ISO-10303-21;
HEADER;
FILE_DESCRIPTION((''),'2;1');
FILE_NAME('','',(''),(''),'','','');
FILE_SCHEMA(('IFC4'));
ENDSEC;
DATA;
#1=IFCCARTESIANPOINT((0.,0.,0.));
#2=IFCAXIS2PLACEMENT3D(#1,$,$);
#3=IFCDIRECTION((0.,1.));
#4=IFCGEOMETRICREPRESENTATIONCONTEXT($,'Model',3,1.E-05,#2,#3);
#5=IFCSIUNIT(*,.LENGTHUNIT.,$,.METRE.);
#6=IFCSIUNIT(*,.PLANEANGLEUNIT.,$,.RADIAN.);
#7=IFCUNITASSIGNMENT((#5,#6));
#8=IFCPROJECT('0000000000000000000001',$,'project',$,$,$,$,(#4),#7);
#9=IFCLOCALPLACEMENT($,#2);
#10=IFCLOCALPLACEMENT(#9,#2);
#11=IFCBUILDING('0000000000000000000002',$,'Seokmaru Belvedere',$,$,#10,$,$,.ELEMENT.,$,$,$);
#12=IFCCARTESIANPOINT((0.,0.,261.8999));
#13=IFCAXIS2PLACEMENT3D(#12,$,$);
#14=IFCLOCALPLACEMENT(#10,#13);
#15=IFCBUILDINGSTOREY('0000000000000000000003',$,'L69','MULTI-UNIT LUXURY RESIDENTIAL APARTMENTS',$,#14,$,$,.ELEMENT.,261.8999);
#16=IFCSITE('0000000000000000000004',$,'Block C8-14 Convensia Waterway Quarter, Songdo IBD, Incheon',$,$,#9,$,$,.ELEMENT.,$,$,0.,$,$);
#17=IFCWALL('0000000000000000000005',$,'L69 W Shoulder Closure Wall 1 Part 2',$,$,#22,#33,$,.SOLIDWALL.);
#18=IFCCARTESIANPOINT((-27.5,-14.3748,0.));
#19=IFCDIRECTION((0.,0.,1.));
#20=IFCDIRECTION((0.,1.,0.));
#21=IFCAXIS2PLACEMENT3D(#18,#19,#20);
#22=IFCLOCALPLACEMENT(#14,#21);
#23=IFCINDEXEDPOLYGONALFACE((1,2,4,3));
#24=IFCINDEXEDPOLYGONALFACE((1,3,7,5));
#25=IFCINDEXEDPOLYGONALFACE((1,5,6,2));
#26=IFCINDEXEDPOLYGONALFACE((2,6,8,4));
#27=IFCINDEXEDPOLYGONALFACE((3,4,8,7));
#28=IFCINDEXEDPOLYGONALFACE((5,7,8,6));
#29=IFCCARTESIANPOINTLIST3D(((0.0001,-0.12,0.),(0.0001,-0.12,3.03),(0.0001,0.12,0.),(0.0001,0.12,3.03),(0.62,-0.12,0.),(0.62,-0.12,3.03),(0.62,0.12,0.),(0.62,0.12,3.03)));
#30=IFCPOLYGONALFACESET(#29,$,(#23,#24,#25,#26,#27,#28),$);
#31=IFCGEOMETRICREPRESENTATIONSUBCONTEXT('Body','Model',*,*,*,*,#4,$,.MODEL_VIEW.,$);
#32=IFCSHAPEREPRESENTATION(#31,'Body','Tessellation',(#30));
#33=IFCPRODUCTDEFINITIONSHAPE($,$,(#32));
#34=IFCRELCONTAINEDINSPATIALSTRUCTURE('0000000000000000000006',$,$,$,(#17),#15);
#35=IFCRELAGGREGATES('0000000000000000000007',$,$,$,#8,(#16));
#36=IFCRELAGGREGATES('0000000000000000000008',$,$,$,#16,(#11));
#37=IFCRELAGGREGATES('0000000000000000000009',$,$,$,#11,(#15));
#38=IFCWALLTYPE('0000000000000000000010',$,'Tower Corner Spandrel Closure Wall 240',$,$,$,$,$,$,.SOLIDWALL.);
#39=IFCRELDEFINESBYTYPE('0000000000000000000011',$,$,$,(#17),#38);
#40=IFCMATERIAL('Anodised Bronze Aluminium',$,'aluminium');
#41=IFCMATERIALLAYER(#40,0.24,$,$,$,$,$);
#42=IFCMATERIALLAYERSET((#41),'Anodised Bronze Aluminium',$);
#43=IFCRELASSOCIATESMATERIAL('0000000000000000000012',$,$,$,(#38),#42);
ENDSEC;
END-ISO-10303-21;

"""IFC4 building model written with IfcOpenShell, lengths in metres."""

from ifc_helpers import new_model, si_unit, direction, frame, frame_2d, origin, place, context, subcontext, project, spatial, rectangle, extrude, material, layer, layer_set, type_object, element, save


model = new_model("IFC4")

# Units and contexts
model_context = context("Model", 3, precision=1e-05, world=origin(), true_north=direction((0.0, 1.0)))
body_context = subcontext(model_context, "Body", "Model", "MODEL_VIEW")
ifc_project = project(units=[si_unit("LENGTHUNIT", "METRE"), si_unit("PLANEANGLEUNIT", "RADIAN")], contexts=[model_context])

# Site, building, storey
site_placement = place(None, origin())
site = spatial("IfcSite", under=ifc_project, at=site_placement, Name="Block C8-14 Convensia Waterway Quarter, Songdo IBD, Incheon", CompositionType="ELEMENT", RefElevation=0.0)
building_placement = place(site_placement, origin())
building = spatial("IfcBuilding", under=site, at=building_placement, Name="Seokmaru Belvedere", CompositionType="ELEMENT")
storey_placement = place(building_placement, frame((0.0, 0.0, 261.8999)))
storey = spatial("IfcBuildingStorey", under=building, at=storey_placement, Name="L69", Description="MULTI-UNIT LUXURY RESIDENTIAL APARTMENTS", CompositionType="ELEMENT", Elevation=261.8999)

# Shared definitions
ifc_material_1 = material(Name="Anodised Bronze Aluminium", Category="aluminium")

# Wall
ifc_layer_1 = layer(ifc_material_1, 0.24)
ifc_layer_set_1 = layer_set([ifc_layer_1], Name="Anodised Bronze Aluminium")
wall_type_1 = type_object("IfcWallType", Name="Tower Corner Spandrel Closure Wall 240", PredefinedType="SOLIDWALL", material=ifc_layer_set_1)
wall_1_placement = place(storey_placement, frame((-27.5, -14.3748, 0.0), z_axis=(0.0, 0.0, 1.0), x_axis=(0.0, 1.0, 0.0)))
element("IfcWall", 1, at=wall_1_placement, inside=storey, type_object=wall_type_1, Name="L69 W Shoulder Closure Wall 1 Part 2", PredefinedType="SOLIDWALL", context=body_context, shape_type="SweptSolid", body=[
    extrude(rectangle(XDim=0.6199, YDim=0.24, at=frame_2d((0.3101, 0.0))), origin(), (0.0, 0.0, 1.0), 3.03),
])

save(model, "model.ifc")
